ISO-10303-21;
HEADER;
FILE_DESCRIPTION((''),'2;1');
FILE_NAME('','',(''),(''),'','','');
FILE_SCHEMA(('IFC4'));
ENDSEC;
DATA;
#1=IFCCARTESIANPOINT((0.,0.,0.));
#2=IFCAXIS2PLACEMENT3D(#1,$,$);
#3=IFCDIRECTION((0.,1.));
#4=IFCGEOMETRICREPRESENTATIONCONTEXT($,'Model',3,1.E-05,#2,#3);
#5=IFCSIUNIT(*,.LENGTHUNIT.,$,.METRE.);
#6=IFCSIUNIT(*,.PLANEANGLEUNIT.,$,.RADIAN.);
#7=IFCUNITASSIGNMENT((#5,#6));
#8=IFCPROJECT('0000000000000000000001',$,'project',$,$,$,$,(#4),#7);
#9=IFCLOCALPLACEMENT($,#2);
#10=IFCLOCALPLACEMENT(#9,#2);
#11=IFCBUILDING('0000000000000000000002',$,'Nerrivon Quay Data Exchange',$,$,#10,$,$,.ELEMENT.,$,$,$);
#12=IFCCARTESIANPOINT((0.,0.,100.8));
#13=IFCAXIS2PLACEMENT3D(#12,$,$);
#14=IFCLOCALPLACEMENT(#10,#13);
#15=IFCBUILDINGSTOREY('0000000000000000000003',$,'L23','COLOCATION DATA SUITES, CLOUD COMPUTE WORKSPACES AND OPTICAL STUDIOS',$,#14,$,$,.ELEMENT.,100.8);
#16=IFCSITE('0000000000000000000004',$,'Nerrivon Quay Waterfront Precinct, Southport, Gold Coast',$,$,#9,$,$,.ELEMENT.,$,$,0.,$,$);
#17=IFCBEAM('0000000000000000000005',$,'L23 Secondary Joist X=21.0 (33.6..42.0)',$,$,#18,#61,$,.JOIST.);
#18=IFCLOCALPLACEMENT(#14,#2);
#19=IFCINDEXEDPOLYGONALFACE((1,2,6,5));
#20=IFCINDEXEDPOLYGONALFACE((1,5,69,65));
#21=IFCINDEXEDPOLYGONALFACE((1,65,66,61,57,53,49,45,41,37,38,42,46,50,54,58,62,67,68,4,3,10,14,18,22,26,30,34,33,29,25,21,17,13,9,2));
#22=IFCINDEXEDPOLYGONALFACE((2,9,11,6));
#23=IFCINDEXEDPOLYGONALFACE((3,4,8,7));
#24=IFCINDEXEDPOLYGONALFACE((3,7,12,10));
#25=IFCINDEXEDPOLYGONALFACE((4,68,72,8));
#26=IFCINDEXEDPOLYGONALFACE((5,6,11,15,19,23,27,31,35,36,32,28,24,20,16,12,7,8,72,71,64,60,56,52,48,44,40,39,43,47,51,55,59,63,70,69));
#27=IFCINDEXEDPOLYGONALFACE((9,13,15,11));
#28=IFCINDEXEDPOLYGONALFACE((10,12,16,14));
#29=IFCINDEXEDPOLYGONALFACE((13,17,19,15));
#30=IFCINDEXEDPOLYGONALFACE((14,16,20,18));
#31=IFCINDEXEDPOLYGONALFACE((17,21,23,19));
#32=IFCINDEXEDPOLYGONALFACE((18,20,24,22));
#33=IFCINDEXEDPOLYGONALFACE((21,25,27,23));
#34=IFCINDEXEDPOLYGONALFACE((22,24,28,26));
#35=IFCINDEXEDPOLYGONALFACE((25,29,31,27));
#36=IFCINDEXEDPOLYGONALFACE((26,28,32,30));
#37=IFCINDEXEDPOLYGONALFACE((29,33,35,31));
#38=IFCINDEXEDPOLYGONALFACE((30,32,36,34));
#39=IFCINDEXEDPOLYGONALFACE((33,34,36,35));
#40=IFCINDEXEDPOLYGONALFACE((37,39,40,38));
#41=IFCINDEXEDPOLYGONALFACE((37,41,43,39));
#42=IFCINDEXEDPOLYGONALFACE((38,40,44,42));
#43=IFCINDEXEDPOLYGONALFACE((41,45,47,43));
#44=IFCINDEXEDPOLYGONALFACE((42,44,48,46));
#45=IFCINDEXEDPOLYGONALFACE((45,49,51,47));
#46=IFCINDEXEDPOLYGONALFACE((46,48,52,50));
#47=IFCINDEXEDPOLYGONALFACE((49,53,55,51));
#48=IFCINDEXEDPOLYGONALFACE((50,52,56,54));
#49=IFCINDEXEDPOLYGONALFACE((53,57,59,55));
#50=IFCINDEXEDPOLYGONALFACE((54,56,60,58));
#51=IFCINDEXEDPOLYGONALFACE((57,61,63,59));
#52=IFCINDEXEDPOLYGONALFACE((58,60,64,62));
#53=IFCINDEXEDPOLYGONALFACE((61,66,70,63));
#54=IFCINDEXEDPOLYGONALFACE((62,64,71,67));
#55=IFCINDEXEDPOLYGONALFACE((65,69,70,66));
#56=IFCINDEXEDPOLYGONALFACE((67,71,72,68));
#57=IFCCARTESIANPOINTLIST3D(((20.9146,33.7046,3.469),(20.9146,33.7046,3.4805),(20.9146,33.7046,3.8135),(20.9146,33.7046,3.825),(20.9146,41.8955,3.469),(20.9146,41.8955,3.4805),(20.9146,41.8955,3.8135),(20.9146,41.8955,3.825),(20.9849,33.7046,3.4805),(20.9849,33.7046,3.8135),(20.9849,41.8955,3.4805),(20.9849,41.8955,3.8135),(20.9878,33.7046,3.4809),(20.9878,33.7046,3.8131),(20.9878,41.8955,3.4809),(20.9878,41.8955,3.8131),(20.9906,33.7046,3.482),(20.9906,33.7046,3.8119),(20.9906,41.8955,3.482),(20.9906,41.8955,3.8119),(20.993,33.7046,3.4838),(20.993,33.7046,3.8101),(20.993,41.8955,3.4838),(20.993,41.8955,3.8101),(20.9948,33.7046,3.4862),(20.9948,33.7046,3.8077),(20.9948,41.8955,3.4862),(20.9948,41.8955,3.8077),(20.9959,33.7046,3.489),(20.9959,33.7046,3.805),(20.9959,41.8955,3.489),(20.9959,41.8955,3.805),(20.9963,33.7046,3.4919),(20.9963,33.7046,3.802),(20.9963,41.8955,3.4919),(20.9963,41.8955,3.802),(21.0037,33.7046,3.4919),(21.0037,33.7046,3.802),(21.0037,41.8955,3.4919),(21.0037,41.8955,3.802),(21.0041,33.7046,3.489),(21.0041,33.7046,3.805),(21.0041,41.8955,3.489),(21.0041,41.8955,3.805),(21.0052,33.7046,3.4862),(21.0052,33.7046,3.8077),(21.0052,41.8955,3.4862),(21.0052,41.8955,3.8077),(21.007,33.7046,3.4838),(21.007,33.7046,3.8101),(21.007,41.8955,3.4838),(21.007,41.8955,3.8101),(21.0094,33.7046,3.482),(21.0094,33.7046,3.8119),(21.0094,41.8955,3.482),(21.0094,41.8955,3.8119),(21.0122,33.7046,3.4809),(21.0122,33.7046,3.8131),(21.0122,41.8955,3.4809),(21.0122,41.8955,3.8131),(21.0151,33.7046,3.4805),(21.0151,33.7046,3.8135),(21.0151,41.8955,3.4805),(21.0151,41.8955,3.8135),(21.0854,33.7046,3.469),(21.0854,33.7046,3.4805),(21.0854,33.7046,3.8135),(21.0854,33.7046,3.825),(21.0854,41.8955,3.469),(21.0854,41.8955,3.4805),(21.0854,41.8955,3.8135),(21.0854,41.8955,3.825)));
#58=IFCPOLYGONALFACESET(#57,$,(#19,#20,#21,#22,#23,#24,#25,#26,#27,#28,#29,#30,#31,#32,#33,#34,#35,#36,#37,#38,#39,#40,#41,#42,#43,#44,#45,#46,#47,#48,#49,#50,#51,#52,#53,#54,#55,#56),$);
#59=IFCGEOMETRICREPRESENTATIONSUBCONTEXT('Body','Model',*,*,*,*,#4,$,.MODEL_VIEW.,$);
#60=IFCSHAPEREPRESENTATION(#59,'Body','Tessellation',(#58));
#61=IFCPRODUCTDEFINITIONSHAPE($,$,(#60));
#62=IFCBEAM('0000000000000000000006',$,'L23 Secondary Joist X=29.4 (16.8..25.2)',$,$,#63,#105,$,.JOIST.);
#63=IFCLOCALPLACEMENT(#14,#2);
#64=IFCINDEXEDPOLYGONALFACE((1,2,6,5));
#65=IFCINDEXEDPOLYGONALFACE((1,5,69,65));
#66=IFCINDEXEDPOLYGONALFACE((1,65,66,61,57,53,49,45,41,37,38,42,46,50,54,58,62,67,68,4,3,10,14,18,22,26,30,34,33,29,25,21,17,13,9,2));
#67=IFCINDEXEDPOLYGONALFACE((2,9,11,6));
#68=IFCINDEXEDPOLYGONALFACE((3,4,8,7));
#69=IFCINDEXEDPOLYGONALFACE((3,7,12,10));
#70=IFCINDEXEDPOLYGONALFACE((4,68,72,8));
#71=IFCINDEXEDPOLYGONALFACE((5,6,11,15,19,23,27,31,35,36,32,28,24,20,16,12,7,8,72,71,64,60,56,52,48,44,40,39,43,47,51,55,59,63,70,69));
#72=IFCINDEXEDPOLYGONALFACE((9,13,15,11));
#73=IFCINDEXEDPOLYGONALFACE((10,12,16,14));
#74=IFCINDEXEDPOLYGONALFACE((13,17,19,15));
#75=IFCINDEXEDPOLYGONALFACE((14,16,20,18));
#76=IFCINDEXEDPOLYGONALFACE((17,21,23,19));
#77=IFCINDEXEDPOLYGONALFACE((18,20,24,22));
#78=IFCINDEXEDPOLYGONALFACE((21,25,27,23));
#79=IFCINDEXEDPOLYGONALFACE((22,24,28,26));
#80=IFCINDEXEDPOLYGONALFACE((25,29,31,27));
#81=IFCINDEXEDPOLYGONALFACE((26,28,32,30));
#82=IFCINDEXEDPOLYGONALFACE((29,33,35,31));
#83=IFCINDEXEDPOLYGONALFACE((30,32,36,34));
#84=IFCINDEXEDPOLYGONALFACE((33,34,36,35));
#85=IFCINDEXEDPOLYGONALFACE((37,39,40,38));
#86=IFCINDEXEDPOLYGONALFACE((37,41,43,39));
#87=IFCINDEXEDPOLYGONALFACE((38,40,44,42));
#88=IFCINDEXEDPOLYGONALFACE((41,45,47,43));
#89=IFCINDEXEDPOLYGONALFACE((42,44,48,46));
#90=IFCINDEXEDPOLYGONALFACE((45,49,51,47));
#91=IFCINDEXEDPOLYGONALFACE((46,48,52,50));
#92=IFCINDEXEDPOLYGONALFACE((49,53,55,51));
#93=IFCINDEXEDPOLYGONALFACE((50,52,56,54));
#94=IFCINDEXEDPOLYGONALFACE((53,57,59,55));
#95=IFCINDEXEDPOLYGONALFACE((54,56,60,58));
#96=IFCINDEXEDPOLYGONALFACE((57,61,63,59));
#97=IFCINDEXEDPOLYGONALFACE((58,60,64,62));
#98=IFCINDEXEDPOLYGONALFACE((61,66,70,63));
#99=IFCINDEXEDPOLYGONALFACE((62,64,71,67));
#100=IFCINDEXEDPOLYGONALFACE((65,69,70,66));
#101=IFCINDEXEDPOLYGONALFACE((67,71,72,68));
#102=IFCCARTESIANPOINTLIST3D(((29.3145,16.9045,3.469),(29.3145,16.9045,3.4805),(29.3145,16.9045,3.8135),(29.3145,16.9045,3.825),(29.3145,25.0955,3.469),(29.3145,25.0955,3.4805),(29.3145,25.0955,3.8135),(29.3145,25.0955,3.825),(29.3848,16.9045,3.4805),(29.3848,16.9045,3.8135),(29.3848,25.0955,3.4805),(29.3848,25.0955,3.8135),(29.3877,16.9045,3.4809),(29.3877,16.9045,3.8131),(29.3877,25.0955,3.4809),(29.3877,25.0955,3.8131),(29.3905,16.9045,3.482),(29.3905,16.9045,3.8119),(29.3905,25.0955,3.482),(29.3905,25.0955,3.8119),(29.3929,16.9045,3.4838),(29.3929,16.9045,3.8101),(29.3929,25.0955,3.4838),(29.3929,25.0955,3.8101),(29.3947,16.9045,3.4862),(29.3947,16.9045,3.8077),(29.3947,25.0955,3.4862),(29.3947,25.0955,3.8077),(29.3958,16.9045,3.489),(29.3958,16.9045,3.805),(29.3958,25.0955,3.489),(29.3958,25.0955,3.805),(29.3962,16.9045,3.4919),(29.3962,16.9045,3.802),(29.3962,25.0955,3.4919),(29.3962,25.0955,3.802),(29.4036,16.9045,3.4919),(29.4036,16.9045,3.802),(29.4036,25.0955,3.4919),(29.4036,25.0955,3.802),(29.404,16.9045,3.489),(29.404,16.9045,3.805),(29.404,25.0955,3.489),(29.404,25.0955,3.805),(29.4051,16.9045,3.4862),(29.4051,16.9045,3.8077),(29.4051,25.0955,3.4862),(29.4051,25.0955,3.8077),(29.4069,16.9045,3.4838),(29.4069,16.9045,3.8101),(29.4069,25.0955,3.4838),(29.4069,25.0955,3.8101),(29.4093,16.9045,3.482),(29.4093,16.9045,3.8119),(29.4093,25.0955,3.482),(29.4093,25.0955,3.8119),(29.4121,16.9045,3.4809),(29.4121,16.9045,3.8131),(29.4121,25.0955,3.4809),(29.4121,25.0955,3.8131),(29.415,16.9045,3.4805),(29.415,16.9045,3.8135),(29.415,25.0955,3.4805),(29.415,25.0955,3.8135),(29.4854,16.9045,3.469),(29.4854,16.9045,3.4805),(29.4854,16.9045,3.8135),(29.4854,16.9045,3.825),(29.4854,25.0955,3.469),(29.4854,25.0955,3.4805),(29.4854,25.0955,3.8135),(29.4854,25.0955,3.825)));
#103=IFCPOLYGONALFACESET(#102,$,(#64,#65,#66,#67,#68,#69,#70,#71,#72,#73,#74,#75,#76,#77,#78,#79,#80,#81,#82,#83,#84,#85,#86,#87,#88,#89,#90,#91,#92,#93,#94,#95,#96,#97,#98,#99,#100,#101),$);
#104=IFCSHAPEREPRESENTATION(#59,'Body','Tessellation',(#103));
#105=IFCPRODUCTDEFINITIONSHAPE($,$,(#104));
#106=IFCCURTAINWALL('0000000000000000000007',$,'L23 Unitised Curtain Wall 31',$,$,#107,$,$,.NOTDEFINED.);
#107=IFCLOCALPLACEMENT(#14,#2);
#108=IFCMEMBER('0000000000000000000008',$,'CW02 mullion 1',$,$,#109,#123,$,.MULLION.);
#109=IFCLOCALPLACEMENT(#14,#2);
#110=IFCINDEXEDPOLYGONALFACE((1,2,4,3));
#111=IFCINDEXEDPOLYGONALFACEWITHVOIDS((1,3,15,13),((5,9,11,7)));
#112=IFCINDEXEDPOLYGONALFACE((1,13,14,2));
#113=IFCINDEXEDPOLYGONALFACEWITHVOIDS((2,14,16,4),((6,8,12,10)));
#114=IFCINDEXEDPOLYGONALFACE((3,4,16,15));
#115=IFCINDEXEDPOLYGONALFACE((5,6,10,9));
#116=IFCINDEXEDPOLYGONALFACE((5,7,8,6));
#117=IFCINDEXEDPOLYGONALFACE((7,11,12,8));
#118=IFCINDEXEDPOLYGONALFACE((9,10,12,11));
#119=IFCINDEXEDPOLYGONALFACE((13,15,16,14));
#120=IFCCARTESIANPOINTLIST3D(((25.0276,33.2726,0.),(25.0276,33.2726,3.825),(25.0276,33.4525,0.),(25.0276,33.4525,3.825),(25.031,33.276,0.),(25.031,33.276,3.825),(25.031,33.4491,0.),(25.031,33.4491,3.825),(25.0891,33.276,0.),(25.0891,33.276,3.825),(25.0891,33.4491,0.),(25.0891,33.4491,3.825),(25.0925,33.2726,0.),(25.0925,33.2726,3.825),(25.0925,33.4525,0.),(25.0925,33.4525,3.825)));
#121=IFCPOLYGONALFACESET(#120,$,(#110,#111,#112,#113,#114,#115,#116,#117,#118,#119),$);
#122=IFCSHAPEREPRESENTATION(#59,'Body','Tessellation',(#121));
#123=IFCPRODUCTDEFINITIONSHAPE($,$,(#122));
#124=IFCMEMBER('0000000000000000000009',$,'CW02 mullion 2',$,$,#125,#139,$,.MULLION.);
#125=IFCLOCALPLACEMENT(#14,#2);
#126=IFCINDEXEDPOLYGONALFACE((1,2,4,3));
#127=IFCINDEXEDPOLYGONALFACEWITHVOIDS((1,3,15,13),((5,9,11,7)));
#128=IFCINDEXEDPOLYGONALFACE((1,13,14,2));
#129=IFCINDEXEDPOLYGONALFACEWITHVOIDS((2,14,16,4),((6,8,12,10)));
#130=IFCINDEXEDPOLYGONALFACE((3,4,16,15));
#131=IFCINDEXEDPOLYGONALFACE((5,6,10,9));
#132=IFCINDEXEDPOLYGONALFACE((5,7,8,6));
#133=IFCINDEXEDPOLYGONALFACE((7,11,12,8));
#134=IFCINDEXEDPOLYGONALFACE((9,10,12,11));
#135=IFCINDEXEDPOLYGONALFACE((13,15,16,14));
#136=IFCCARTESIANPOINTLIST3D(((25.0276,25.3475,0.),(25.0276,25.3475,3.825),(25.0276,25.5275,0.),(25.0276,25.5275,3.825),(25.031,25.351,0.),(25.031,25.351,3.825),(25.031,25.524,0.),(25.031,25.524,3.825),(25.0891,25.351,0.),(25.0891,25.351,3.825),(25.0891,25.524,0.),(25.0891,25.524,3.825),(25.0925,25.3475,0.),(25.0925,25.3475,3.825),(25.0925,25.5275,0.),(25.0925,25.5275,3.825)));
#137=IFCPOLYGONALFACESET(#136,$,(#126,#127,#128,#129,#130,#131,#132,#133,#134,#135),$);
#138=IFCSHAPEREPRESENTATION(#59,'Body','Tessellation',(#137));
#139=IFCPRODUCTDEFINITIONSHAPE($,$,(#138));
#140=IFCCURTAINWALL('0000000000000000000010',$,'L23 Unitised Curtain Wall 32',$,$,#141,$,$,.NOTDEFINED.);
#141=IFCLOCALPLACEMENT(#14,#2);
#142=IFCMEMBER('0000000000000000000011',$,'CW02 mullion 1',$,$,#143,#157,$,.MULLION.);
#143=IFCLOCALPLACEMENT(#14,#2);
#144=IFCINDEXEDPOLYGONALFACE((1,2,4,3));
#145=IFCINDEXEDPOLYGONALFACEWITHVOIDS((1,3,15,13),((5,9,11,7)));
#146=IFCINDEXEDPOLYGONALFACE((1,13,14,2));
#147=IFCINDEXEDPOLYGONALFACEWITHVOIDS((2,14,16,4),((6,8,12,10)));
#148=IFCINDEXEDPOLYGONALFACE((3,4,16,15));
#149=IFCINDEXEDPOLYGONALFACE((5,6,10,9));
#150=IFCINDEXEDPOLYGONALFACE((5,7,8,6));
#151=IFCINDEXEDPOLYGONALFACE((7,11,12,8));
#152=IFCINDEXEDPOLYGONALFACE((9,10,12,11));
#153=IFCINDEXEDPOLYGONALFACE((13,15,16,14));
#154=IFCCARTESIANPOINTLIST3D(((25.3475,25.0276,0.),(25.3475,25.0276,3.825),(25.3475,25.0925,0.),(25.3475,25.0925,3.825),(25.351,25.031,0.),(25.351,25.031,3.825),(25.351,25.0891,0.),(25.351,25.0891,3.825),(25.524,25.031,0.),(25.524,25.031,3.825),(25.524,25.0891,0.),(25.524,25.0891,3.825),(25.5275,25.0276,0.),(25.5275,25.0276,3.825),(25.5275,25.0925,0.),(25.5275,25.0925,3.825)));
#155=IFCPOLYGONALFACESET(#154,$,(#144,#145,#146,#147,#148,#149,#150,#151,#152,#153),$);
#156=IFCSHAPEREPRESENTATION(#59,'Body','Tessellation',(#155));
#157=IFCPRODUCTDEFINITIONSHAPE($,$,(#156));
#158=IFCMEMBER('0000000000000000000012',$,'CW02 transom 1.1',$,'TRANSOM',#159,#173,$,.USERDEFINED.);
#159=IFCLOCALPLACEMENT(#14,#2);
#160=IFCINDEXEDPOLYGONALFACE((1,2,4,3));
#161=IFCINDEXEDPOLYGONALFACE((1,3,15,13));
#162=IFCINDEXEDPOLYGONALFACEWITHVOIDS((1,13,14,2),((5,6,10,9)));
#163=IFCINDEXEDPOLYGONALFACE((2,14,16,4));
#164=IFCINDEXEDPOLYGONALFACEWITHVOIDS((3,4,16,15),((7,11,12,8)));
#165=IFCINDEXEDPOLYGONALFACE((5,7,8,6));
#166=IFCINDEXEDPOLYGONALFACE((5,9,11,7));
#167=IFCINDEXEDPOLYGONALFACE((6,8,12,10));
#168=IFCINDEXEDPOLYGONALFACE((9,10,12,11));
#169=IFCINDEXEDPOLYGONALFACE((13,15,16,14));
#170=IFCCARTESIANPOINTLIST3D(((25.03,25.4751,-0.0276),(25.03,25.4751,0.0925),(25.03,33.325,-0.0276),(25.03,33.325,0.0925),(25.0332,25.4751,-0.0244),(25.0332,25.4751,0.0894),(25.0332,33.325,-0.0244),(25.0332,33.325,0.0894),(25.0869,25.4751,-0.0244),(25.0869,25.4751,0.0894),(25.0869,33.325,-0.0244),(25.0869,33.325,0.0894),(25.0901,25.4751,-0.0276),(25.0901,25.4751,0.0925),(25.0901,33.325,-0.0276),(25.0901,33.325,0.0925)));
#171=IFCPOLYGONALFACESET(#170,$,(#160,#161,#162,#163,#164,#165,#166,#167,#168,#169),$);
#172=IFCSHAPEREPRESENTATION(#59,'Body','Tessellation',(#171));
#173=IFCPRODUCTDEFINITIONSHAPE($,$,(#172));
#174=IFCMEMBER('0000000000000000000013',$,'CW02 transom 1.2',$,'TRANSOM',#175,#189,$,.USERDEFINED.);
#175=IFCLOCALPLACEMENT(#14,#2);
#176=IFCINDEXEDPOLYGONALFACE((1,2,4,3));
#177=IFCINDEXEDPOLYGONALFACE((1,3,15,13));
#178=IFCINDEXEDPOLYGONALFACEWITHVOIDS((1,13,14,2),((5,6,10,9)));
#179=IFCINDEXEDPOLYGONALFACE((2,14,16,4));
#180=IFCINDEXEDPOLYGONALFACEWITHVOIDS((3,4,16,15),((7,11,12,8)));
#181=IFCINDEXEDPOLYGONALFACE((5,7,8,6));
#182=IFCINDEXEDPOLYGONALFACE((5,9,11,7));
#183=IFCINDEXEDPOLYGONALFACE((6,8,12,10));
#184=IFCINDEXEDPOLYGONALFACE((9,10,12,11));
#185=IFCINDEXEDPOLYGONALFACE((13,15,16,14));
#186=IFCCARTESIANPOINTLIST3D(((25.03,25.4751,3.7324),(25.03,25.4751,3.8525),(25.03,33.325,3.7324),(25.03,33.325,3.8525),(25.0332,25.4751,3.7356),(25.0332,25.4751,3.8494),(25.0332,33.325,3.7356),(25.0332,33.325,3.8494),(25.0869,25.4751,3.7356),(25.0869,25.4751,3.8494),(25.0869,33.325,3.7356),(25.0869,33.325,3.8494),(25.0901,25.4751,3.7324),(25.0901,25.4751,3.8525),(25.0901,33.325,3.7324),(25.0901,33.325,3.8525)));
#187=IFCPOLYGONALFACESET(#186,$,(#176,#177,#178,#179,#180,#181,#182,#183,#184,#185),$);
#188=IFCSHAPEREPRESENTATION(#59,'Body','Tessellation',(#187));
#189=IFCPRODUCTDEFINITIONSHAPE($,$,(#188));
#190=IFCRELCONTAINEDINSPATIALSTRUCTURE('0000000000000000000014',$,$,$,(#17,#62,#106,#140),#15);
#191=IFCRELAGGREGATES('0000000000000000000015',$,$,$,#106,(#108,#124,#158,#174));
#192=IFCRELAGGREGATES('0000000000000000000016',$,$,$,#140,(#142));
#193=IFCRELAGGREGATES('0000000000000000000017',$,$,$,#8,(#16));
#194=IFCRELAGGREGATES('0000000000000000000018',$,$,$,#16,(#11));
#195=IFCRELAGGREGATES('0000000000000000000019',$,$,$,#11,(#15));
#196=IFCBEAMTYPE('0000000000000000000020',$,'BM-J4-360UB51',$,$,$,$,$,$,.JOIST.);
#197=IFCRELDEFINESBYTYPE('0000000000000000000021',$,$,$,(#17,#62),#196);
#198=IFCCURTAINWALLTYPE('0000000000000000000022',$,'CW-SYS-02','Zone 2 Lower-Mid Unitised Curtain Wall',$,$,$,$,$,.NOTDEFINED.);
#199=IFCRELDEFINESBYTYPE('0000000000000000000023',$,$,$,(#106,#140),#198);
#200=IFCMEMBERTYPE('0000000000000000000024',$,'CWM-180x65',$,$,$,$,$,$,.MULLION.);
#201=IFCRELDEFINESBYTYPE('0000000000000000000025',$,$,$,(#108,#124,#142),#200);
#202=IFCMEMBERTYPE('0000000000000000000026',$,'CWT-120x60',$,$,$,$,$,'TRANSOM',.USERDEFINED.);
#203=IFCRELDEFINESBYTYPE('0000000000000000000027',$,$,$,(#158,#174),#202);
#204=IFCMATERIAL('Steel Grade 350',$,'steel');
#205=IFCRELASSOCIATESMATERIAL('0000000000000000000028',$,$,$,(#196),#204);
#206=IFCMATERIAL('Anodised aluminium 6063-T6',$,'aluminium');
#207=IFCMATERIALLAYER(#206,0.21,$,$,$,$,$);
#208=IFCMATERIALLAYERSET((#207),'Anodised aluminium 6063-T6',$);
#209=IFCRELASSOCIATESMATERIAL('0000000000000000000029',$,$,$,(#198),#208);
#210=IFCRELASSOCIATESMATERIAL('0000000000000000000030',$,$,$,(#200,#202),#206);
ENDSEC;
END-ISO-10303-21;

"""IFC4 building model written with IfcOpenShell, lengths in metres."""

from ifc_helpers import new_model, si_unit, direction, frame, origin, origin_2d, place, context, subcontext, project, spatial, hollow_rectangle, i_section, extrude, material, layer, layer_set, material_profile, profile_set, type_object, element, aggregate, save


model = new_model("IFC4")

# Units and contexts
model_context = context("Model", 3, precision=1e-05, world=origin(), true_north=direction((0.0, 1.0)))
body_context = subcontext(model_context, "Body", "Model", "MODEL_VIEW")
ifc_project = project(units=[si_unit("LENGTHUNIT", "METRE"), si_unit("PLANEANGLEUNIT", "RADIAN")], contexts=[model_context])

# Site, building, storey
site_placement = place(None, origin())
site = spatial("IfcSite", under=ifc_project, at=site_placement, Name="Nerrivon Quay Waterfront Precinct, Southport, Gold Coast", CompositionType="ELEMENT", RefElevation=0.0)
building_placement = place(site_placement, origin())
building = spatial("IfcBuilding", under=site, at=building_placement, Name="Nerrivon Quay Data Exchange", CompositionType="ELEMENT")
storey_placement = place(building_placement, frame((0.0, 0.0, 100.8)))
storey = spatial("IfcBuildingStorey", under=building, at=storey_placement, Name="L23", Description="COLOCATION DATA SUITES, CLOUD COMPUTE WORKSPACES AND OPTICAL STUDIOS", CompositionType="ELEMENT", Elevation=100.8)

# Shared definitions
ifc_material_1 = material(Name="Steel Grade 350", Category="steel")

# Beams
ifc_material_profile_1 = material_profile(ifc_material_1, i_section(OverallWidth=0.1709, OverallDepth=0.356, WebThickness=0.0073, FlangeThickness=0.0115, FilletRadius=0.0115, at=origin_2d()), Name="360UB50.7")
ifc_profile_set_1 = profile_set([ifc_material_profile_1], Name="Steel Grade 350")
beam_type_1 = type_object("IfcBeamType", Name="BM-J4-360UB51", PredefinedType="JOIST", material=ifc_profile_set_1)
for number, where, z_axis, x_axis, name in (
    (1, (21.0, 33.7046, 3.647), (0.0, 1.0, 0.0), (-1.0, 0.0, 0.0), "L23 Secondary Joist X=21.0 (33.6..42.0)"),
    (2, (29.3999, 16.9045, 3.647), (0.0, 1.0, 0.0), (-1.0, 0.0, 0.0), "L23 Secondary Joist X=29.4 (16.8..25.2)"),
):
    element("IfcBeam", number, at=place(storey_placement, frame(where, z_axis=z_axis, x_axis=x_axis)), inside=storey, type_object=beam_type_1, Name=name, PredefinedType="JOIST", context=body_context, shape_type="SweptSolid", body=[
        extrude(i_section(OverallWidth=0.1709, OverallDepth=0.356, WebThickness=0.0073, FlangeThickness=0.0115, FilletRadius=0.0115, at=origin_2d()), origin(), (0.0, 0.0, 1.0), 8.1909),
    ])

# Curtain wall, members
ifc_material_2 = material(Name="Anodised aluminium 6063-T6", Category="aluminium")
ifc_layer_1 = layer(ifc_material_2, 0.21)
ifc_layer_set_1 = layer_set([ifc_layer_1], Name="Anodised aluminium 6063-T6")
curtain_wall_type = type_object("IfcCurtainWallType", Name="CW-SYS-02", Description="Zone 2 Lower-Mid Unitised Curtain Wall", PredefinedType="NOTDEFINED", material=ifc_layer_set_1)
curtain_wall_1_placement = place(storey_placement, origin())
curtain_wall_1 = element("IfcCurtainWall", 3, at=curtain_wall_1_placement, inside=storey, type_object=curtain_wall_type, Name="L23 Unitised Curtain Wall 31", PredefinedType="NOTDEFINED")
ifc_material_profile_2 = material_profile(ifc_material_2, hollow_rectangle(XDim=0.0649, YDim=0.1799, WallThickness=0.0034, at=origin_2d()), Name="ALU-MULL-180x65")
ifc_profile_set_2 = profile_set([ifc_material_profile_2], Name="Anodised aluminium 6063-T6")
member_type_1 = type_object("IfcMemberType", Name="CWM-180x65", PredefinedType="MULLION", material=ifc_profile_set_2)
member_1_placement = place(storey_placement, frame((25.0601, 33.3625, 0.0), z_axis=(0.0, 0.0, 1.0), x_axis=(1.0, 0.0, 0.0)))
member_1 = element("IfcMember", 4, at=member_1_placement, type_object=member_type_1, Name="CW02 mullion 1", PredefinedType="MULLION", context=body_context, shape_type="SweptSolid", body=[
    extrude(hollow_rectangle(XDim=0.0649, YDim=0.1799, WallThickness=0.0034, at=origin_2d()), origin(), (0.0, 0.0, 1.0), 3.825),
])
member_2_placement = place(storey_placement, frame((25.0601, 25.4375, 0.0), z_axis=(0.0, 0.0, 1.0), x_axis=(1.0, 0.0, 0.0)))
member_2 = element("IfcMember", 5, at=member_2_placement, type_object=member_type_1, Name="CW02 mullion 2", PredefinedType="MULLION", context=body_context, shape_type="SweptSolid", body=[
    extrude(hollow_rectangle(XDim=0.0649, YDim=0.1799, WallThickness=0.0034, at=origin_2d()), origin(), (0.0, 0.0, 1.0), 3.825),
])

# Curtain wall, member
curtain_wall_2_placement = place(storey_placement, origin())
curtain_wall_2 = element("IfcCurtainWall", 6, at=curtain_wall_2_placement, inside=storey, type_object=curtain_wall_type, Name="L23 Unitised Curtain Wall 32", PredefinedType="NOTDEFINED")
member_3_placement = place(storey_placement, frame((25.4375, 25.0601, 0.0), z_axis=(0.0, 0.0, 1.0), x_axis=(0.0, 1.0, 0.0)))
member_3 = element("IfcMember", 7, at=member_3_placement, type_object=member_type_1, Name="CW02 mullion 1", PredefinedType="MULLION", context=body_context, shape_type="SweptSolid", body=[
    extrude(hollow_rectangle(XDim=0.0649, YDim=0.1799, WallThickness=0.0034, at=origin_2d()), origin(), (0.0, 0.0, 1.0), 3.825),
])

# Members
ifc_material_profile_3 = material_profile(ifc_material_2, hollow_rectangle(XDim=0.0601, YDim=0.1201, WallThickness=0.0032, at=origin_2d()), Name="ALU-TRAN-120x60")
ifc_profile_set_3 = profile_set([ifc_material_profile_3], Name="Anodised aluminium 6063-T6")
member_type_2 = type_object("IfcMemberType", Name="CWT-120x60", ElementType="TRANSOM", PredefinedType="USERDEFINED", material=ifc_profile_set_3)
member_4_placement = place(storey_placement, frame((25.0601, 33.325, 0.0325), z_axis=(0.0, -1.0, 0.0), x_axis=(1.0, 0.0, 0.0)))
member_4 = element("IfcMember", 8, at=member_4_placement, type_object=member_type_2, Name="CW02 transom 1.1", ObjectType="TRANSOM", PredefinedType="USERDEFINED", context=body_context, shape_type="SweptSolid", body=[
    extrude(hollow_rectangle(XDim=0.0601, YDim=0.1201, WallThickness=0.0032, at=origin_2d()), origin(), (0.0, 0.0, 1.0), 7.8499),
])
member_5_placement = place(storey_placement, frame((25.0601, 33.325, 3.7925), z_axis=(0.0, -1.0, 0.0), x_axis=(1.0, 0.0, 0.0)))
member_5 = element("IfcMember", 9, at=member_5_placement, type_object=member_type_2, Name="CW02 transom 1.2", ObjectType="TRANSOM", PredefinedType="USERDEFINED", context=body_context, shape_type="SweptSolid", body=[
    extrude(hollow_rectangle(XDim=0.0601, YDim=0.1201, WallThickness=0.0032, at=origin_2d()), origin(), (0.0, 0.0, 1.0), 7.8499),
])

aggregate(curtain_wall_1, [member_1, member_2, member_4, member_5])
aggregate(curtain_wall_2, [member_3])

save(model, "model.ifc")
